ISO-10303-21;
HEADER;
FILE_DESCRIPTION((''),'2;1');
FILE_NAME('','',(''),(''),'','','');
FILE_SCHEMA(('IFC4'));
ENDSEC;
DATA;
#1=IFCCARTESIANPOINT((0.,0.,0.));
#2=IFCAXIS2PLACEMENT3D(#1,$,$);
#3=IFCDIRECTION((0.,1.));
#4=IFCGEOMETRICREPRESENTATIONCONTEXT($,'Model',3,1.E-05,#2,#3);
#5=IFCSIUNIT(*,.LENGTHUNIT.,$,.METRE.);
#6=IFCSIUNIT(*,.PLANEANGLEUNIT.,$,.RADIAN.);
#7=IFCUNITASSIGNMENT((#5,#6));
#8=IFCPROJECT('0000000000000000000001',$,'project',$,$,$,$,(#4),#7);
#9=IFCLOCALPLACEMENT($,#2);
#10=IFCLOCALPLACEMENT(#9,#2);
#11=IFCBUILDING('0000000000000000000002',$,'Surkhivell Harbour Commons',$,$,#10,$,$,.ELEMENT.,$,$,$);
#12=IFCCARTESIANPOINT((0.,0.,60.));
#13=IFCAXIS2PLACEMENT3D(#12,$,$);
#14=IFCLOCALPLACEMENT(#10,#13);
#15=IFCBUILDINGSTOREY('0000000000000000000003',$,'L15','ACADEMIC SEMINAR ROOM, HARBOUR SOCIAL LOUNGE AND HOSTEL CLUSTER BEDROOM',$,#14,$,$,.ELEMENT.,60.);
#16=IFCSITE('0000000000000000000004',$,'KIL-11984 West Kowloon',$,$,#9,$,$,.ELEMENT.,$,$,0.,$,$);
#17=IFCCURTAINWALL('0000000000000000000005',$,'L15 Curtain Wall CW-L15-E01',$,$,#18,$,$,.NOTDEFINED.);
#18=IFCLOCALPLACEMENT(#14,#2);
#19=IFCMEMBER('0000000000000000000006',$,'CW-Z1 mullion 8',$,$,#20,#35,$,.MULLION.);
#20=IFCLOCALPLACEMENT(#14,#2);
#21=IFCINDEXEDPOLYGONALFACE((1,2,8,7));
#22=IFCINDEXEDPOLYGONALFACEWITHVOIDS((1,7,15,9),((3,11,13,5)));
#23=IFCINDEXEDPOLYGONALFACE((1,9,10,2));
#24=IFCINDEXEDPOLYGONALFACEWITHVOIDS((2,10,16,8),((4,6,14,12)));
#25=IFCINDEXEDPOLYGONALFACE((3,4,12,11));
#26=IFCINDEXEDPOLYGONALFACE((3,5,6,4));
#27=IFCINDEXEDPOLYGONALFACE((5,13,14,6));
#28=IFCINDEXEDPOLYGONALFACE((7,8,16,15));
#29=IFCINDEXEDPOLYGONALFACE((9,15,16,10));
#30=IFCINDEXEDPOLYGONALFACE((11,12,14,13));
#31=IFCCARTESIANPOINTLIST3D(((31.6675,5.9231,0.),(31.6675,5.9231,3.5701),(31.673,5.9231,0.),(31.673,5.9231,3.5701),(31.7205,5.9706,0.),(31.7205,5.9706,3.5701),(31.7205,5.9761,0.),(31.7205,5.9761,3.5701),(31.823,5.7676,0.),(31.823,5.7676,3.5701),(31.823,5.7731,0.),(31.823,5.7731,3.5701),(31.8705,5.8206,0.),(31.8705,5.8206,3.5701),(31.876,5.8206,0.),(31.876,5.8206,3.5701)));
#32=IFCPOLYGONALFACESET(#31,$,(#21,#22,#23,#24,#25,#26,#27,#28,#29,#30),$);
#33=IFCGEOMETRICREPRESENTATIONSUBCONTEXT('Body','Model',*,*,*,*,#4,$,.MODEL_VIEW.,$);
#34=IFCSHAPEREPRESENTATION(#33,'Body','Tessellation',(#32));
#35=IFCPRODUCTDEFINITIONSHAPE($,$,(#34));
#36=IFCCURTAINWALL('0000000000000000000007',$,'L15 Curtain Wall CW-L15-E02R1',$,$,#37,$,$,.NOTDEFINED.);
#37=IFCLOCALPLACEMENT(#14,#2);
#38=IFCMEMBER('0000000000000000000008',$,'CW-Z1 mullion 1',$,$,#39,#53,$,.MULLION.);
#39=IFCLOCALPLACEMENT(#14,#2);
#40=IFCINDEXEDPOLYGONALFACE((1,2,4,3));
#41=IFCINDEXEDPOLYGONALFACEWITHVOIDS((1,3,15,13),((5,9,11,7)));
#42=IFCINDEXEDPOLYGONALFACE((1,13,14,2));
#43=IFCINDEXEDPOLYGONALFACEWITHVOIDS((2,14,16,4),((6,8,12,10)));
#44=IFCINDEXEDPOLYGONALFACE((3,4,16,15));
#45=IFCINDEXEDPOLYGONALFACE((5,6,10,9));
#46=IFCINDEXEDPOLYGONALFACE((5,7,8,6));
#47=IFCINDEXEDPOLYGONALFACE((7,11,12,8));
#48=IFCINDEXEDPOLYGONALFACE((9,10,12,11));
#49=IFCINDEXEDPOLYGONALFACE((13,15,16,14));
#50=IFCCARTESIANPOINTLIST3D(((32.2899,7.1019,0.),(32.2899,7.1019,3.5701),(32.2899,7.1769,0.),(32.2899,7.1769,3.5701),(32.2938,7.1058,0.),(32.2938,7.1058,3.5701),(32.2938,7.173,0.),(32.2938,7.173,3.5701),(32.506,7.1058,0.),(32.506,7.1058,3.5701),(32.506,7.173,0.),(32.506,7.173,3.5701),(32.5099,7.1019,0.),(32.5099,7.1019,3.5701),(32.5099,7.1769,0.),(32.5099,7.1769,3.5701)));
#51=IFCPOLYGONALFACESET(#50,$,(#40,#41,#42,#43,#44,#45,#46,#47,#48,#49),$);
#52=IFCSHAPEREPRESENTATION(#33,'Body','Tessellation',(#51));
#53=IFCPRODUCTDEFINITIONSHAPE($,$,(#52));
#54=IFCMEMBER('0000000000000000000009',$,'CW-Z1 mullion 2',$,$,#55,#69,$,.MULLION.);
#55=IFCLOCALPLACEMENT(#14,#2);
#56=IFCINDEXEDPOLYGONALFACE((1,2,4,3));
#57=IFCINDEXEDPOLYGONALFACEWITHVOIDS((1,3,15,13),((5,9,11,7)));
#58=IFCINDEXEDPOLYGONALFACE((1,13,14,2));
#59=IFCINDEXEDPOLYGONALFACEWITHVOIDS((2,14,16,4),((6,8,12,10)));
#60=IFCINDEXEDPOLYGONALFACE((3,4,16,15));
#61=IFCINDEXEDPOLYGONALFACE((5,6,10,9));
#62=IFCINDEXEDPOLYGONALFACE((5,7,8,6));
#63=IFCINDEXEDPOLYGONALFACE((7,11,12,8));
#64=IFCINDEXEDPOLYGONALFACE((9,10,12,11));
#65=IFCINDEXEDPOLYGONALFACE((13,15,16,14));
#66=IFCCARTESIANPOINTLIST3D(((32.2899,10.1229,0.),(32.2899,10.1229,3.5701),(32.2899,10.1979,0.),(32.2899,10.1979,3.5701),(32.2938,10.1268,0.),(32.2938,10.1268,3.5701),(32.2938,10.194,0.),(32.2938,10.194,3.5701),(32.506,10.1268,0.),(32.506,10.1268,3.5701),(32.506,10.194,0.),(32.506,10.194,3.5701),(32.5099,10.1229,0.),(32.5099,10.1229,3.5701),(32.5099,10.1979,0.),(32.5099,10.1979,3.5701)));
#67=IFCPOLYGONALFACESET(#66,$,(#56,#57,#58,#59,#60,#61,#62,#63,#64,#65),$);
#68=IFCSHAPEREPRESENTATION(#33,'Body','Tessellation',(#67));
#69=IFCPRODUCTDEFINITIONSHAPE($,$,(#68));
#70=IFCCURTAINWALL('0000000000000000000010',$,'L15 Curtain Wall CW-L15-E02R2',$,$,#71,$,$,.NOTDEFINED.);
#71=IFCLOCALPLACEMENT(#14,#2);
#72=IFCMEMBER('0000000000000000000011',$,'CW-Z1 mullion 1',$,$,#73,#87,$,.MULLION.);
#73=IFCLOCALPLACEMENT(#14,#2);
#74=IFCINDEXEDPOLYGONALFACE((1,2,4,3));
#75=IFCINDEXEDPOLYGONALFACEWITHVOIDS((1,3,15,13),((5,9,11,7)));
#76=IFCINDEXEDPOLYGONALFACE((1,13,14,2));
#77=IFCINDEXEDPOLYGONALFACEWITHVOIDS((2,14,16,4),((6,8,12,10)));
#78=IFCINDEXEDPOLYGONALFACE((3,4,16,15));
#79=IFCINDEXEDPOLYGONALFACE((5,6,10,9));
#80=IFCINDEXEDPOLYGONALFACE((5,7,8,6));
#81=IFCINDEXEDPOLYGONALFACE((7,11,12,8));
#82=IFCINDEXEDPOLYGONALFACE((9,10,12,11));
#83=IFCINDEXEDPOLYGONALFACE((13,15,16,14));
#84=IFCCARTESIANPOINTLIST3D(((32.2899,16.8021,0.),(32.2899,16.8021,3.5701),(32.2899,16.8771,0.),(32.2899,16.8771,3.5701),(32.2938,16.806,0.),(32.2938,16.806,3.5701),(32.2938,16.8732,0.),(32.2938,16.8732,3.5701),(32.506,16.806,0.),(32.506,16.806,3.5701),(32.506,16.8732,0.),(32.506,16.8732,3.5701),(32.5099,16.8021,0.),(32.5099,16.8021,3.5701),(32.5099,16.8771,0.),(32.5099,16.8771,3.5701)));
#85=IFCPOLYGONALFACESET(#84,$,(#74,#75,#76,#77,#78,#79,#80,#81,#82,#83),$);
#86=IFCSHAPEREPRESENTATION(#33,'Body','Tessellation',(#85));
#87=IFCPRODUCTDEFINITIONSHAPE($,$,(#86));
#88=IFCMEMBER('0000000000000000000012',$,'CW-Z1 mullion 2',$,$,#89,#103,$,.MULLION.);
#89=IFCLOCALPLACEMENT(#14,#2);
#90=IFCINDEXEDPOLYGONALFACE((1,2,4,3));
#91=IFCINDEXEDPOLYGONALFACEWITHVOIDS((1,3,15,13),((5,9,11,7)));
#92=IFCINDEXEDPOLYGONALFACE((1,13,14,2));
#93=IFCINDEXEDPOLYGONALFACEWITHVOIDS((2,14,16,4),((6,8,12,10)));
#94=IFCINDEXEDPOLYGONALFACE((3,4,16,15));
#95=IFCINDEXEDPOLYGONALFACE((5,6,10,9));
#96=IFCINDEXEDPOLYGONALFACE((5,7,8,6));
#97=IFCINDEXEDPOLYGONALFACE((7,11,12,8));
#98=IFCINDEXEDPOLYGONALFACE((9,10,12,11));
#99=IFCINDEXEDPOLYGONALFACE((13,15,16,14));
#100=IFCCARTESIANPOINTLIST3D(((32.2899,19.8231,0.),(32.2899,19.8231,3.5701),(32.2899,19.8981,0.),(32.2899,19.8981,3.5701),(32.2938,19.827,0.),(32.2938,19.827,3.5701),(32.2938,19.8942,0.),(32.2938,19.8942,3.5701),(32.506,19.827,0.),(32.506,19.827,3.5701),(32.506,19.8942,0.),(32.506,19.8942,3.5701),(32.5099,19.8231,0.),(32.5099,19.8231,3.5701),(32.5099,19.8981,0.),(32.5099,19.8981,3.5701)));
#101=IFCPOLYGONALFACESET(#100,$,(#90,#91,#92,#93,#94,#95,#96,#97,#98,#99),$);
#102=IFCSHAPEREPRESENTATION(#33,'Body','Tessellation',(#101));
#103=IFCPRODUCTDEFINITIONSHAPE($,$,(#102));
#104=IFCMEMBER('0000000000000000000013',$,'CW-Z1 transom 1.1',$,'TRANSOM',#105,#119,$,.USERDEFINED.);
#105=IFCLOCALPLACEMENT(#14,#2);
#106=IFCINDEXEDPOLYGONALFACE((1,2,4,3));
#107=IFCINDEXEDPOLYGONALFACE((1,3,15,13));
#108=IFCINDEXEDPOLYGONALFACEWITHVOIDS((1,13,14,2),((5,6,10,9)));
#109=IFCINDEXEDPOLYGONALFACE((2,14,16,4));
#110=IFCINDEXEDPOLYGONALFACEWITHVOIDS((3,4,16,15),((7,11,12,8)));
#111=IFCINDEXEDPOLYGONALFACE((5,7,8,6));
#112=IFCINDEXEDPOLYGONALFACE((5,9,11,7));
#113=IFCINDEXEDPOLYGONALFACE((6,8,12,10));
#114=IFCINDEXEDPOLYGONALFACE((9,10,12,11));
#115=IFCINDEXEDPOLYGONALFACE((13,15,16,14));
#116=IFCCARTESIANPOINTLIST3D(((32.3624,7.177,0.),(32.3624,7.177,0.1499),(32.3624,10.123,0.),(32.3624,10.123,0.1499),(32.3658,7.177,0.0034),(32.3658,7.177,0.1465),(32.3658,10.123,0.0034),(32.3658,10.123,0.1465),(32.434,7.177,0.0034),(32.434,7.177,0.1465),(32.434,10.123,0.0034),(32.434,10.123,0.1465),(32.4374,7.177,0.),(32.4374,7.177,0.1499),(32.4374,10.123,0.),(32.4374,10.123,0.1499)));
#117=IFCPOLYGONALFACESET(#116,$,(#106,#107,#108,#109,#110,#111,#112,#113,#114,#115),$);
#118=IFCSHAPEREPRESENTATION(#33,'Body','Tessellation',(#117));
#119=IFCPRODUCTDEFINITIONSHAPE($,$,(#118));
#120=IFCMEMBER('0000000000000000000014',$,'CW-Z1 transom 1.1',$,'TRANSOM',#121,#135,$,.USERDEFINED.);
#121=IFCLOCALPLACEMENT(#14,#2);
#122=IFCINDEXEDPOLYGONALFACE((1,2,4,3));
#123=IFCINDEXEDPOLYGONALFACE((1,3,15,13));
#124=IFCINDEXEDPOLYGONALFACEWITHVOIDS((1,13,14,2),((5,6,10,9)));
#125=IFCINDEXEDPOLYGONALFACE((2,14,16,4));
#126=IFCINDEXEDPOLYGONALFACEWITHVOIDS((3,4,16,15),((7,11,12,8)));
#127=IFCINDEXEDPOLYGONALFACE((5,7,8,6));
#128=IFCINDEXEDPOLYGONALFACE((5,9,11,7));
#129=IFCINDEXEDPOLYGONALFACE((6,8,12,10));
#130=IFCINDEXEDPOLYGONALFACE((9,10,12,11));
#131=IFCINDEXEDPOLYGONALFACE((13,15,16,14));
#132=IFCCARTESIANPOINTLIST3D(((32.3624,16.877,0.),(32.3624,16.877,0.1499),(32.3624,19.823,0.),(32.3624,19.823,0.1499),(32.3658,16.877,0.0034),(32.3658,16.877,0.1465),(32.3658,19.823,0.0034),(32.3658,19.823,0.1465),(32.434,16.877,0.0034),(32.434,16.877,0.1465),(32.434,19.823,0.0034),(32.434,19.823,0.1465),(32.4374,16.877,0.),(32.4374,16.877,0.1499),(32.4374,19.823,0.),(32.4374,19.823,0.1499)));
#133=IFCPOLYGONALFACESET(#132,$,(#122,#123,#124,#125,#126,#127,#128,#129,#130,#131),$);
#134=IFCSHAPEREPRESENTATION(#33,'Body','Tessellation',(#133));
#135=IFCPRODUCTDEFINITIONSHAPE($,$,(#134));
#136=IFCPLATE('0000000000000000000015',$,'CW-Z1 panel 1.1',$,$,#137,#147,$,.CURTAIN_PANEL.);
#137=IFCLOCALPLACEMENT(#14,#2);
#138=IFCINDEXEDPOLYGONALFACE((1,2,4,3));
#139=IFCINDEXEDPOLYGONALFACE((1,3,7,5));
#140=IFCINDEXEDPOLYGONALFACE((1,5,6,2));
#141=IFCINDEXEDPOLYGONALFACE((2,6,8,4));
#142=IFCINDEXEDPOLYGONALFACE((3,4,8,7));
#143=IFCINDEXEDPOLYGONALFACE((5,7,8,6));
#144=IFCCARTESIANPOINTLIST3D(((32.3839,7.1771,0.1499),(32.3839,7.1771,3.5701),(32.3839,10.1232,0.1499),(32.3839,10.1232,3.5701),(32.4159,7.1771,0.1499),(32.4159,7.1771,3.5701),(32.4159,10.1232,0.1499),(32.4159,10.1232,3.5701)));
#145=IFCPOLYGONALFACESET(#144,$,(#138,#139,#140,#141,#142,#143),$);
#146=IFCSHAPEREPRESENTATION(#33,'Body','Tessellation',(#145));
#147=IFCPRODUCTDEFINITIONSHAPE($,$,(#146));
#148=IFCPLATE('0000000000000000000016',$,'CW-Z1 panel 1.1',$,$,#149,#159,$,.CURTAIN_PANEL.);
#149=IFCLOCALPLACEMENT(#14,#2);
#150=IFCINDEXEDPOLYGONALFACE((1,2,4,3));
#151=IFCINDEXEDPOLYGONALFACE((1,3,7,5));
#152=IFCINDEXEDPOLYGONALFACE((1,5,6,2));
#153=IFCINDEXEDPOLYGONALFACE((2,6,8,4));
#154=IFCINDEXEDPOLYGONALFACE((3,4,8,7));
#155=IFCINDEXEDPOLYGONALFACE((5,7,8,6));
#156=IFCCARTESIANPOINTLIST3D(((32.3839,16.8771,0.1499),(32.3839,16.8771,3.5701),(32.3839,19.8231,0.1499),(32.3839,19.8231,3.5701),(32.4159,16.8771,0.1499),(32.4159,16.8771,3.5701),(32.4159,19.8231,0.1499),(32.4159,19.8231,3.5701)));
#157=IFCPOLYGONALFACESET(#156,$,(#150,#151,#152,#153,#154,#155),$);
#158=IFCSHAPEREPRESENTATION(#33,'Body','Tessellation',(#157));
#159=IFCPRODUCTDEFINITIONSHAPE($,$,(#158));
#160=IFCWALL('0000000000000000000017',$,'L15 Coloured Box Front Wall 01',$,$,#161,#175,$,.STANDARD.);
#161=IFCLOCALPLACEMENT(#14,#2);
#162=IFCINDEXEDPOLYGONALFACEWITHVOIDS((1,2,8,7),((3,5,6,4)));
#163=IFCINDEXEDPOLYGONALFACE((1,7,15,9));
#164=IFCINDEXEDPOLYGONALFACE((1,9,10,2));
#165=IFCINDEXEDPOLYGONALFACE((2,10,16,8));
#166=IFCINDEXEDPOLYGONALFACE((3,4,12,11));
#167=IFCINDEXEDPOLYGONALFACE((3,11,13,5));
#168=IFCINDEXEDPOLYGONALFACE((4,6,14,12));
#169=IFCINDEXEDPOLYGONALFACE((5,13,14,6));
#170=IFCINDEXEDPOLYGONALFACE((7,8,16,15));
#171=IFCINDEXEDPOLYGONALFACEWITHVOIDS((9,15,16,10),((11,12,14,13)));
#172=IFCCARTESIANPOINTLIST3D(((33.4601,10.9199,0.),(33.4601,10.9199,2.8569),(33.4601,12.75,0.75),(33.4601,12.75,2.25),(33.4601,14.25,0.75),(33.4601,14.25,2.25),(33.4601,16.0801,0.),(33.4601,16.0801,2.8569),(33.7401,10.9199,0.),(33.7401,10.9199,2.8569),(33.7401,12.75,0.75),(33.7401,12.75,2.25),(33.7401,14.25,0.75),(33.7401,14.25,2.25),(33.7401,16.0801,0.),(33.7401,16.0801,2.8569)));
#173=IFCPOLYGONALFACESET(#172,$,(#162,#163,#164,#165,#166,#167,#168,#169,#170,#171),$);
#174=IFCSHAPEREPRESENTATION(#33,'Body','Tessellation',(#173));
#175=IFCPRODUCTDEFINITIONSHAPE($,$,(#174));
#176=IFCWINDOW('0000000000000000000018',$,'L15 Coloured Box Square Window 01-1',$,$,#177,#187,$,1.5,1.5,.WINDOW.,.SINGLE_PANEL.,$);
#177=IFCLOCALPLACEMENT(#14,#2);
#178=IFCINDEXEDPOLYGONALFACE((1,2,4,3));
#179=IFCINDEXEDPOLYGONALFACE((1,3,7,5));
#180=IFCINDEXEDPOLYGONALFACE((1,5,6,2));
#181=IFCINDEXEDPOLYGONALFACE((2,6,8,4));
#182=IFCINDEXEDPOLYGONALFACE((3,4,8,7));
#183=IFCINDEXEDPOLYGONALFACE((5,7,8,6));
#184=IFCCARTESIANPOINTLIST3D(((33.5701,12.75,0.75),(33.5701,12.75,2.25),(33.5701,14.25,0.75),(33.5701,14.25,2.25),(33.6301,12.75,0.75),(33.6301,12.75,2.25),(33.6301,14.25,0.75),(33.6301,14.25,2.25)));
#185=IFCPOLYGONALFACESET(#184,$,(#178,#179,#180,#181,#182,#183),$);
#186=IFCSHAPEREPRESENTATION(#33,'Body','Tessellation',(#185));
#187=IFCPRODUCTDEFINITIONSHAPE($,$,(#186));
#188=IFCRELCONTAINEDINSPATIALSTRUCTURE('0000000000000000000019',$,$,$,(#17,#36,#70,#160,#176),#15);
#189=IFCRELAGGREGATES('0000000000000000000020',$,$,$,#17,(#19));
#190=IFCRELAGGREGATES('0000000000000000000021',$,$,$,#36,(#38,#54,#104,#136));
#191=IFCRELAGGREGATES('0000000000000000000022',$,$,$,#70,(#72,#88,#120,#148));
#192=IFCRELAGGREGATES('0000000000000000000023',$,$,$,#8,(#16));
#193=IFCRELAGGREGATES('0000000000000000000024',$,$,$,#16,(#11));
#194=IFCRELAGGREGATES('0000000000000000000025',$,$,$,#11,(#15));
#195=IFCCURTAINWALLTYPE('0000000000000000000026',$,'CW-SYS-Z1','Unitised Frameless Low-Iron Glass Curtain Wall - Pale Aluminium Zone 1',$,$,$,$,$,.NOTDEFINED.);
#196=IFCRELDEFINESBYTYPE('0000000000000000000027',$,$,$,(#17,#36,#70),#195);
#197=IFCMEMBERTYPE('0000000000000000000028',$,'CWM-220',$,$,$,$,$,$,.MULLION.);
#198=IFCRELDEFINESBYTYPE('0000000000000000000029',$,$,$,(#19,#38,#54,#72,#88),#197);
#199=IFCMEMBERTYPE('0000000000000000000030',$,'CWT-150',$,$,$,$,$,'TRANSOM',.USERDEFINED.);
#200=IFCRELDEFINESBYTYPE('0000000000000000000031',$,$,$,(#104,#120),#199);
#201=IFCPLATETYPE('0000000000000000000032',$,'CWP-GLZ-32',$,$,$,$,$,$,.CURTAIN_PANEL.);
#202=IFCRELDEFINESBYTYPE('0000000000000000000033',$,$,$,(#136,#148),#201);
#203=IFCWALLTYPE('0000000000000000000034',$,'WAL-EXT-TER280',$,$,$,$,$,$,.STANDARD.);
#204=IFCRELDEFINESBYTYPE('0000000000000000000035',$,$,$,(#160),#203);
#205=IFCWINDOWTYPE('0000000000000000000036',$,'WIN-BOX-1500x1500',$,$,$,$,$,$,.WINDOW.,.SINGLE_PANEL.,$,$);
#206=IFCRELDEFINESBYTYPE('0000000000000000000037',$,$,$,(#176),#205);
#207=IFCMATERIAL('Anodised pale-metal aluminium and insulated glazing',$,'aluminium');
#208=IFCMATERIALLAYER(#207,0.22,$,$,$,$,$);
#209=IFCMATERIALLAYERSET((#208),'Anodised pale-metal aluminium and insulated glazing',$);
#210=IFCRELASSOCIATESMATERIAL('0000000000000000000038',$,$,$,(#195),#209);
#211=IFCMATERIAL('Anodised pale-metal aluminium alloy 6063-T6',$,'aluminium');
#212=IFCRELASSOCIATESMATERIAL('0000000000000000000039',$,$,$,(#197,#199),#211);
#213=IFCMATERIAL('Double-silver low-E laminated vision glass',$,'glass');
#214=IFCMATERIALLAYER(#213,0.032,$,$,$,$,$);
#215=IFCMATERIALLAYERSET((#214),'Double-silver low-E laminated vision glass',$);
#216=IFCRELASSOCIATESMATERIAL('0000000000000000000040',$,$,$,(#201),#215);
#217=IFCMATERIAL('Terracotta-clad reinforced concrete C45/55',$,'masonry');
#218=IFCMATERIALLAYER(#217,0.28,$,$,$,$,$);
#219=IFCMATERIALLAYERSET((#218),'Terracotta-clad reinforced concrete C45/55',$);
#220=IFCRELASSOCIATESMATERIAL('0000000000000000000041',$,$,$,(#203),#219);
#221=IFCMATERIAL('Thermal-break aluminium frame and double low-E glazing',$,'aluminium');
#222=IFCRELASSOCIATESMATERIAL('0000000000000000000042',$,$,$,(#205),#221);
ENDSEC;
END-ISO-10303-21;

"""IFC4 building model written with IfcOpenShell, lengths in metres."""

from ifc_helpers import new_model, si_unit, direction, frame, frame_2d, origin, origin_2d, place, context, subcontext, project, spatial, rectangle, hollow_rectangle, extrude, material, layer, layer_set, material_profile, profile_set, type_object, element, fill, aggregate, save


model = new_model("IFC4")

# Units and contexts
model_context = context("Model", 3, precision=1e-05, world=origin(), true_north=direction((0.0, 1.0)))
body_context = subcontext(model_context, "Body", "Model", "MODEL_VIEW")
ifc_project = project(units=[si_unit("LENGTHUNIT", "METRE"), si_unit("PLANEANGLEUNIT", "RADIAN")], contexts=[model_context])

# Site, building, storey
site_placement = place(None, origin())
site = spatial("IfcSite", under=ifc_project, at=site_placement, Name="KIL-11984 West Kowloon", CompositionType="ELEMENT", RefElevation=0.0)
building_placement = place(site_placement, origin())
building = spatial("IfcBuilding", under=site, at=building_placement, Name="Surkhivell Harbour Commons", CompositionType="ELEMENT")
storey_placement = place(building_placement, frame((0.0, 0.0, 60.0)))
storey = spatial("IfcBuildingStorey", under=building, at=storey_placement, Name="L15", Description="ACADEMIC SEMINAR ROOM, HARBOUR SOCIAL LOUNGE AND HOSTEL CLUSTER BEDROOM", CompositionType="ELEMENT", Elevation=60.0)

# Curtain wall, member
ifc_material_1 = material(Name="Anodised pale-metal aluminium and insulated glazing", Category="aluminium")
ifc_layer_1 = layer(ifc_material_1, 0.22)
ifc_layer_set_1 = layer_set([ifc_layer_1], Name="Anodised pale-metal aluminium and insulated glazing")
curtain_wall_type = type_object("IfcCurtainWallType", Name="CW-SYS-Z1", Description="Unitised Frameless Low-Iron Glass Curtain Wall - Pale Aluminium Zone 1", PredefinedType="NOTDEFINED", material=ifc_layer_set_1)
curtain_wall_1_placement = place(storey_placement, origin())
curtain_wall_1 = element("IfcCurtainWall", 1, at=curtain_wall_1_placement, inside=storey, type_object=curtain_wall_type, Name="L15 Curtain Wall CW-L15-E01", PredefinedType="NOTDEFINED")
ifc_material_2 = material(Name="Anodised pale-metal aluminium alloy 6063-T6", Category="aluminium")
ifc_material_profile_1 = material_profile(ifc_material_2, hollow_rectangle(XDim=0.075, YDim=0.22, WallThickness=0.0039, at=origin_2d()), Name="ALU-MULL-75x220")
ifc_profile_set_1 = profile_set([ifc_material_profile_1], Name="Anodised pale-metal aluminium alloy 6063-T6")
member_type_1 = type_object("IfcMemberType", Name="CWM-220", PredefinedType="MULLION", material=ifc_profile_set_1)
member_1_placement = place(storey_placement, frame((31.7717, 5.8718, 0.0), z_axis=(0.0, 0.0, 1.0), x_axis=(0.707107, 0.707107, 0.0)))
member_1 = element("IfcMember", 2, at=member_1_placement, type_object=member_type_1, Name="CW-Z1 mullion 8", PredefinedType="MULLION", context=body_context, shape_type="SweptSolid", body=[
    extrude(hollow_rectangle(XDim=0.075, YDim=0.22, WallThickness=0.0039, at=origin_2d()), origin(), (0.0, 0.0, 1.0), 3.5701),
])
aggregate(curtain_wall_1, [member_1])

# Curtain walls, members
curtain_wall_2_placement = place(storey_placement, origin())
curtain_wall_2 = element("IfcCurtainWall", 3, at=curtain_wall_2_placement, inside=storey, type_object=curtain_wall_type, Name="L15 Curtain Wall CW-L15-E02R1", PredefinedType="NOTDEFINED")
member_2_placement = place(storey_placement, frame((32.3999, 7.1394, 0.0), z_axis=(0.0, 0.0, 1.0), x_axis=(0.0, 1.0, 0.0)))
member_2 = element("IfcMember", 4, at=member_2_placement, type_object=member_type_1, Name="CW-Z1 mullion 1", PredefinedType="MULLION", context=body_context, shape_type="SweptSolid", body=[
    extrude(hollow_rectangle(XDim=0.075, YDim=0.22, WallThickness=0.0039, at=origin_2d()), origin(), (0.0, 0.0, 1.0), 3.5701),
])
member_3_placement = place(storey_placement, frame((32.3999, 10.1604, 0.0), z_axis=(0.0, 0.0, 1.0), x_axis=(0.0, 1.0, 0.0)))
member_3 = element("IfcMember", 5, at=member_3_placement, type_object=member_type_1, Name="CW-Z1 mullion 2", PredefinedType="MULLION", context=body_context, shape_type="SweptSolid", body=[
    extrude(hollow_rectangle(XDim=0.075, YDim=0.22, WallThickness=0.0039, at=origin_2d()), origin(), (0.0, 0.0, 1.0), 3.5701),
])
curtain_wall_3_placement = place(storey_placement, origin())
curtain_wall_3 = element("IfcCurtainWall", 6, at=curtain_wall_3_placement, inside=storey, type_object=curtain_wall_type, Name="L15 Curtain Wall CW-L15-E02R2", PredefinedType="NOTDEFINED")
member_4_placement = place(storey_placement, frame((32.3999, 16.8396, 0.0), z_axis=(0.0, 0.0, 1.0), x_axis=(0.0, 1.0, 0.0)))
member_4 = element("IfcMember", 7, at=member_4_placement, type_object=member_type_1, Name="CW-Z1 mullion 1", PredefinedType="MULLION", context=body_context, shape_type="SweptSolid", body=[
    extrude(hollow_rectangle(XDim=0.075, YDim=0.22, WallThickness=0.0039, at=origin_2d()), origin(), (0.0, 0.0, 1.0), 3.5701),
])
member_5_placement = place(storey_placement, frame((32.3999, 19.8606, 0.0), z_axis=(0.0, 0.0, 1.0), x_axis=(0.0, 1.0, 0.0)))
member_5 = element("IfcMember", 8, at=member_5_placement, type_object=member_type_1, Name="CW-Z1 mullion 2", PredefinedType="MULLION", context=body_context, shape_type="SweptSolid", body=[
    extrude(hollow_rectangle(XDim=0.075, YDim=0.22, WallThickness=0.0039, at=origin_2d()), origin(), (0.0, 0.0, 1.0), 3.5701),
])

# Members
ifc_material_profile_2 = material_profile(ifc_material_2, hollow_rectangle(XDim=0.075, YDim=0.1499, WallThickness=0.0034, at=origin_2d()), Name="ALU-TRAN-75x150")
ifc_profile_set_2 = profile_set([ifc_material_profile_2], Name="Anodised pale-metal aluminium alloy 6063-T6")
member_type_2 = type_object("IfcMemberType", Name="CWT-150", ElementType="TRANSOM", PredefinedType="USERDEFINED", material=ifc_profile_set_2)
member_6_placement = place(storey_placement, frame((32.3999, 7.177, 0.075), z_axis=(0.0, 1.0, 0.0), x_axis=(-1.0, 0.0, 0.0)))
member_6 = element("IfcMember", 9, at=member_6_placement, type_object=member_type_2, Name="CW-Z1 transom 1.1", ObjectType="TRANSOM", PredefinedType="USERDEFINED", context=body_context, shape_type="SweptSolid", body=[
    extrude(hollow_rectangle(XDim=0.075, YDim=0.1499, WallThickness=0.0034, at=origin_2d()), origin(), (0.0, 0.0, 1.0), 2.946),
])
member_7_placement = place(storey_placement, frame((32.3999, 16.877, 0.075), z_axis=(0.0, 1.0, 0.0), x_axis=(-1.0, 0.0, 0.0)))
member_7 = element("IfcMember", 10, at=member_7_placement, type_object=member_type_2, Name="CW-Z1 transom 1.1", ObjectType="TRANSOM", PredefinedType="USERDEFINED", context=body_context, shape_type="SweptSolid", body=[
    extrude(hollow_rectangle(XDim=0.075, YDim=0.1499, WallThickness=0.0034, at=origin_2d()), origin(), (0.0, 0.0, 1.0), 2.946),
])

# Plates
ifc_material_3 = material(Name="Double-silver low-E laminated vision glass", Category="glass")
ifc_layer_2 = layer(ifc_material_3, 0.032)
ifc_layer_set_2 = layer_set([ifc_layer_2], Name="Double-silver low-E laminated vision glass")
plate_type = type_object("IfcPlateType", Name="CWP-GLZ-32", PredefinedType="CURTAIN_PANEL", material=ifc_layer_set_2)
plate_1_placement = place(storey_placement, frame((32.3999, 7.177, 0.1499), z_axis=(0.0, 0.0, 1.0), x_axis=(0.0, 1.0, 0.0)))
plate_1 = element("IfcPlate", 11, at=plate_1_placement, type_object=plate_type, Name="CW-Z1 panel 1.1", PredefinedType="CURTAIN_PANEL", context=body_context, shape_type="SweptSolid", body=[
    extrude(rectangle(XDim=2.946, YDim=0.032, at=frame_2d((1.4731, 0.0))), origin(), (0.0, 0.0, 1.0), 3.4202),
])
aggregate(curtain_wall_2, [member_2, member_3, member_6, plate_1])
plate_2_placement = place(storey_placement, frame((32.3999, 16.877, 0.1499), z_axis=(0.0, 0.0, 1.0), x_axis=(0.0, 1.0, 0.0)))
plate_2 = element("IfcPlate", 12, at=plate_2_placement, type_object=plate_type, Name="CW-Z1 panel 1.1", PredefinedType="CURTAIN_PANEL", context=body_context, shape_type="SweptSolid", body=[
    extrude(rectangle(XDim=2.946, YDim=0.032, at=frame_2d((1.4731, 0.0))), origin(), (0.0, 0.0, 1.0), 3.4202),
])
aggregate(curtain_wall_3, [member_4, member_5, member_7, plate_2])

# Wall, opening, window
ifc_material_4 = material(Name="Terracotta-clad reinforced concrete C45/55", Category="masonry")
ifc_layer_3 = layer(ifc_material_4, 0.28)
ifc_layer_set_3 = layer_set([ifc_layer_3], Name="Terracotta-clad reinforced concrete C45/55")
wall_type = type_object("IfcWallType", Name="WAL-EXT-TER280", PredefinedType="STANDARD", material=ifc_layer_set_3)
wall_1_placement = place(storey_placement, frame((33.6001, 10.9199, 0.0), z_axis=(0.0, 0.0, 1.0), x_axis=(0.0, 1.0, 0.0)))
wall_1 = element("IfcWall", 13, at=wall_1_placement, inside=storey, type_object=wall_type, Name="L15 Coloured Box Front Wall 01", PredefinedType="STANDARD", context=body_context, shape_type="SweptSolid", body=[
    extrude(rectangle(XDim=5.1602, YDim=0.28, at=frame_2d((2.5801, 0.0))), origin(), (0.0, 0.0, 1.0), 2.8569),
])
opening_placement = place(wall_1_placement, frame((1.8301, 0.0, 0.75)))
opening = element("IfcOpeningElement", 14, at=opening_placement, cuts=wall_1, PredefinedType="OPENING", context=body_context, shape_type="SweptSolid", body=[
    extrude(rectangle(XDim=1.5, YDim=1.5, at=frame_2d((0.75, 0.75))), frame((0.0, 0.1499, 0.0), z_axis=(0.0, -1.0, 0.0), x_axis=(1.0, 0.0, 0.0)), (0.0, 0.0, 1.0), 0.3),
])
ifc_material_5 = material(Name="Thermal-break aluminium frame and double low-E glazing", Category="aluminium")
window_type = type_object("IfcWindowType", Name="WIN-BOX-1500x1500", PartitioningType="SINGLE_PANEL", PredefinedType="WINDOW", material=ifc_material_5)
window_placement = place(opening_placement, origin())
window = element("IfcWindow", 15, at=window_placement, inside=storey, type_object=window_type, Name="L15 Coloured Box Square Window 01-1", OverallHeight=1.5, OverallWidth=1.5, PartitioningType="SINGLE_PANEL", PredefinedType="WINDOW", context=body_context, shape_type="SweptSolid", body=[
    extrude(rectangle(XDim=1.5, YDim=1.5, at=frame_2d((0.75, 0.75))), frame((0.0, 0.03, 0.0), z_axis=(0.0, -1.0, 0.0), x_axis=(1.0, 0.0, 0.0)), (0.0, 0.0, 1.0), 0.0601),
])
fill(opening, window)

save(model, "model.ifc")
